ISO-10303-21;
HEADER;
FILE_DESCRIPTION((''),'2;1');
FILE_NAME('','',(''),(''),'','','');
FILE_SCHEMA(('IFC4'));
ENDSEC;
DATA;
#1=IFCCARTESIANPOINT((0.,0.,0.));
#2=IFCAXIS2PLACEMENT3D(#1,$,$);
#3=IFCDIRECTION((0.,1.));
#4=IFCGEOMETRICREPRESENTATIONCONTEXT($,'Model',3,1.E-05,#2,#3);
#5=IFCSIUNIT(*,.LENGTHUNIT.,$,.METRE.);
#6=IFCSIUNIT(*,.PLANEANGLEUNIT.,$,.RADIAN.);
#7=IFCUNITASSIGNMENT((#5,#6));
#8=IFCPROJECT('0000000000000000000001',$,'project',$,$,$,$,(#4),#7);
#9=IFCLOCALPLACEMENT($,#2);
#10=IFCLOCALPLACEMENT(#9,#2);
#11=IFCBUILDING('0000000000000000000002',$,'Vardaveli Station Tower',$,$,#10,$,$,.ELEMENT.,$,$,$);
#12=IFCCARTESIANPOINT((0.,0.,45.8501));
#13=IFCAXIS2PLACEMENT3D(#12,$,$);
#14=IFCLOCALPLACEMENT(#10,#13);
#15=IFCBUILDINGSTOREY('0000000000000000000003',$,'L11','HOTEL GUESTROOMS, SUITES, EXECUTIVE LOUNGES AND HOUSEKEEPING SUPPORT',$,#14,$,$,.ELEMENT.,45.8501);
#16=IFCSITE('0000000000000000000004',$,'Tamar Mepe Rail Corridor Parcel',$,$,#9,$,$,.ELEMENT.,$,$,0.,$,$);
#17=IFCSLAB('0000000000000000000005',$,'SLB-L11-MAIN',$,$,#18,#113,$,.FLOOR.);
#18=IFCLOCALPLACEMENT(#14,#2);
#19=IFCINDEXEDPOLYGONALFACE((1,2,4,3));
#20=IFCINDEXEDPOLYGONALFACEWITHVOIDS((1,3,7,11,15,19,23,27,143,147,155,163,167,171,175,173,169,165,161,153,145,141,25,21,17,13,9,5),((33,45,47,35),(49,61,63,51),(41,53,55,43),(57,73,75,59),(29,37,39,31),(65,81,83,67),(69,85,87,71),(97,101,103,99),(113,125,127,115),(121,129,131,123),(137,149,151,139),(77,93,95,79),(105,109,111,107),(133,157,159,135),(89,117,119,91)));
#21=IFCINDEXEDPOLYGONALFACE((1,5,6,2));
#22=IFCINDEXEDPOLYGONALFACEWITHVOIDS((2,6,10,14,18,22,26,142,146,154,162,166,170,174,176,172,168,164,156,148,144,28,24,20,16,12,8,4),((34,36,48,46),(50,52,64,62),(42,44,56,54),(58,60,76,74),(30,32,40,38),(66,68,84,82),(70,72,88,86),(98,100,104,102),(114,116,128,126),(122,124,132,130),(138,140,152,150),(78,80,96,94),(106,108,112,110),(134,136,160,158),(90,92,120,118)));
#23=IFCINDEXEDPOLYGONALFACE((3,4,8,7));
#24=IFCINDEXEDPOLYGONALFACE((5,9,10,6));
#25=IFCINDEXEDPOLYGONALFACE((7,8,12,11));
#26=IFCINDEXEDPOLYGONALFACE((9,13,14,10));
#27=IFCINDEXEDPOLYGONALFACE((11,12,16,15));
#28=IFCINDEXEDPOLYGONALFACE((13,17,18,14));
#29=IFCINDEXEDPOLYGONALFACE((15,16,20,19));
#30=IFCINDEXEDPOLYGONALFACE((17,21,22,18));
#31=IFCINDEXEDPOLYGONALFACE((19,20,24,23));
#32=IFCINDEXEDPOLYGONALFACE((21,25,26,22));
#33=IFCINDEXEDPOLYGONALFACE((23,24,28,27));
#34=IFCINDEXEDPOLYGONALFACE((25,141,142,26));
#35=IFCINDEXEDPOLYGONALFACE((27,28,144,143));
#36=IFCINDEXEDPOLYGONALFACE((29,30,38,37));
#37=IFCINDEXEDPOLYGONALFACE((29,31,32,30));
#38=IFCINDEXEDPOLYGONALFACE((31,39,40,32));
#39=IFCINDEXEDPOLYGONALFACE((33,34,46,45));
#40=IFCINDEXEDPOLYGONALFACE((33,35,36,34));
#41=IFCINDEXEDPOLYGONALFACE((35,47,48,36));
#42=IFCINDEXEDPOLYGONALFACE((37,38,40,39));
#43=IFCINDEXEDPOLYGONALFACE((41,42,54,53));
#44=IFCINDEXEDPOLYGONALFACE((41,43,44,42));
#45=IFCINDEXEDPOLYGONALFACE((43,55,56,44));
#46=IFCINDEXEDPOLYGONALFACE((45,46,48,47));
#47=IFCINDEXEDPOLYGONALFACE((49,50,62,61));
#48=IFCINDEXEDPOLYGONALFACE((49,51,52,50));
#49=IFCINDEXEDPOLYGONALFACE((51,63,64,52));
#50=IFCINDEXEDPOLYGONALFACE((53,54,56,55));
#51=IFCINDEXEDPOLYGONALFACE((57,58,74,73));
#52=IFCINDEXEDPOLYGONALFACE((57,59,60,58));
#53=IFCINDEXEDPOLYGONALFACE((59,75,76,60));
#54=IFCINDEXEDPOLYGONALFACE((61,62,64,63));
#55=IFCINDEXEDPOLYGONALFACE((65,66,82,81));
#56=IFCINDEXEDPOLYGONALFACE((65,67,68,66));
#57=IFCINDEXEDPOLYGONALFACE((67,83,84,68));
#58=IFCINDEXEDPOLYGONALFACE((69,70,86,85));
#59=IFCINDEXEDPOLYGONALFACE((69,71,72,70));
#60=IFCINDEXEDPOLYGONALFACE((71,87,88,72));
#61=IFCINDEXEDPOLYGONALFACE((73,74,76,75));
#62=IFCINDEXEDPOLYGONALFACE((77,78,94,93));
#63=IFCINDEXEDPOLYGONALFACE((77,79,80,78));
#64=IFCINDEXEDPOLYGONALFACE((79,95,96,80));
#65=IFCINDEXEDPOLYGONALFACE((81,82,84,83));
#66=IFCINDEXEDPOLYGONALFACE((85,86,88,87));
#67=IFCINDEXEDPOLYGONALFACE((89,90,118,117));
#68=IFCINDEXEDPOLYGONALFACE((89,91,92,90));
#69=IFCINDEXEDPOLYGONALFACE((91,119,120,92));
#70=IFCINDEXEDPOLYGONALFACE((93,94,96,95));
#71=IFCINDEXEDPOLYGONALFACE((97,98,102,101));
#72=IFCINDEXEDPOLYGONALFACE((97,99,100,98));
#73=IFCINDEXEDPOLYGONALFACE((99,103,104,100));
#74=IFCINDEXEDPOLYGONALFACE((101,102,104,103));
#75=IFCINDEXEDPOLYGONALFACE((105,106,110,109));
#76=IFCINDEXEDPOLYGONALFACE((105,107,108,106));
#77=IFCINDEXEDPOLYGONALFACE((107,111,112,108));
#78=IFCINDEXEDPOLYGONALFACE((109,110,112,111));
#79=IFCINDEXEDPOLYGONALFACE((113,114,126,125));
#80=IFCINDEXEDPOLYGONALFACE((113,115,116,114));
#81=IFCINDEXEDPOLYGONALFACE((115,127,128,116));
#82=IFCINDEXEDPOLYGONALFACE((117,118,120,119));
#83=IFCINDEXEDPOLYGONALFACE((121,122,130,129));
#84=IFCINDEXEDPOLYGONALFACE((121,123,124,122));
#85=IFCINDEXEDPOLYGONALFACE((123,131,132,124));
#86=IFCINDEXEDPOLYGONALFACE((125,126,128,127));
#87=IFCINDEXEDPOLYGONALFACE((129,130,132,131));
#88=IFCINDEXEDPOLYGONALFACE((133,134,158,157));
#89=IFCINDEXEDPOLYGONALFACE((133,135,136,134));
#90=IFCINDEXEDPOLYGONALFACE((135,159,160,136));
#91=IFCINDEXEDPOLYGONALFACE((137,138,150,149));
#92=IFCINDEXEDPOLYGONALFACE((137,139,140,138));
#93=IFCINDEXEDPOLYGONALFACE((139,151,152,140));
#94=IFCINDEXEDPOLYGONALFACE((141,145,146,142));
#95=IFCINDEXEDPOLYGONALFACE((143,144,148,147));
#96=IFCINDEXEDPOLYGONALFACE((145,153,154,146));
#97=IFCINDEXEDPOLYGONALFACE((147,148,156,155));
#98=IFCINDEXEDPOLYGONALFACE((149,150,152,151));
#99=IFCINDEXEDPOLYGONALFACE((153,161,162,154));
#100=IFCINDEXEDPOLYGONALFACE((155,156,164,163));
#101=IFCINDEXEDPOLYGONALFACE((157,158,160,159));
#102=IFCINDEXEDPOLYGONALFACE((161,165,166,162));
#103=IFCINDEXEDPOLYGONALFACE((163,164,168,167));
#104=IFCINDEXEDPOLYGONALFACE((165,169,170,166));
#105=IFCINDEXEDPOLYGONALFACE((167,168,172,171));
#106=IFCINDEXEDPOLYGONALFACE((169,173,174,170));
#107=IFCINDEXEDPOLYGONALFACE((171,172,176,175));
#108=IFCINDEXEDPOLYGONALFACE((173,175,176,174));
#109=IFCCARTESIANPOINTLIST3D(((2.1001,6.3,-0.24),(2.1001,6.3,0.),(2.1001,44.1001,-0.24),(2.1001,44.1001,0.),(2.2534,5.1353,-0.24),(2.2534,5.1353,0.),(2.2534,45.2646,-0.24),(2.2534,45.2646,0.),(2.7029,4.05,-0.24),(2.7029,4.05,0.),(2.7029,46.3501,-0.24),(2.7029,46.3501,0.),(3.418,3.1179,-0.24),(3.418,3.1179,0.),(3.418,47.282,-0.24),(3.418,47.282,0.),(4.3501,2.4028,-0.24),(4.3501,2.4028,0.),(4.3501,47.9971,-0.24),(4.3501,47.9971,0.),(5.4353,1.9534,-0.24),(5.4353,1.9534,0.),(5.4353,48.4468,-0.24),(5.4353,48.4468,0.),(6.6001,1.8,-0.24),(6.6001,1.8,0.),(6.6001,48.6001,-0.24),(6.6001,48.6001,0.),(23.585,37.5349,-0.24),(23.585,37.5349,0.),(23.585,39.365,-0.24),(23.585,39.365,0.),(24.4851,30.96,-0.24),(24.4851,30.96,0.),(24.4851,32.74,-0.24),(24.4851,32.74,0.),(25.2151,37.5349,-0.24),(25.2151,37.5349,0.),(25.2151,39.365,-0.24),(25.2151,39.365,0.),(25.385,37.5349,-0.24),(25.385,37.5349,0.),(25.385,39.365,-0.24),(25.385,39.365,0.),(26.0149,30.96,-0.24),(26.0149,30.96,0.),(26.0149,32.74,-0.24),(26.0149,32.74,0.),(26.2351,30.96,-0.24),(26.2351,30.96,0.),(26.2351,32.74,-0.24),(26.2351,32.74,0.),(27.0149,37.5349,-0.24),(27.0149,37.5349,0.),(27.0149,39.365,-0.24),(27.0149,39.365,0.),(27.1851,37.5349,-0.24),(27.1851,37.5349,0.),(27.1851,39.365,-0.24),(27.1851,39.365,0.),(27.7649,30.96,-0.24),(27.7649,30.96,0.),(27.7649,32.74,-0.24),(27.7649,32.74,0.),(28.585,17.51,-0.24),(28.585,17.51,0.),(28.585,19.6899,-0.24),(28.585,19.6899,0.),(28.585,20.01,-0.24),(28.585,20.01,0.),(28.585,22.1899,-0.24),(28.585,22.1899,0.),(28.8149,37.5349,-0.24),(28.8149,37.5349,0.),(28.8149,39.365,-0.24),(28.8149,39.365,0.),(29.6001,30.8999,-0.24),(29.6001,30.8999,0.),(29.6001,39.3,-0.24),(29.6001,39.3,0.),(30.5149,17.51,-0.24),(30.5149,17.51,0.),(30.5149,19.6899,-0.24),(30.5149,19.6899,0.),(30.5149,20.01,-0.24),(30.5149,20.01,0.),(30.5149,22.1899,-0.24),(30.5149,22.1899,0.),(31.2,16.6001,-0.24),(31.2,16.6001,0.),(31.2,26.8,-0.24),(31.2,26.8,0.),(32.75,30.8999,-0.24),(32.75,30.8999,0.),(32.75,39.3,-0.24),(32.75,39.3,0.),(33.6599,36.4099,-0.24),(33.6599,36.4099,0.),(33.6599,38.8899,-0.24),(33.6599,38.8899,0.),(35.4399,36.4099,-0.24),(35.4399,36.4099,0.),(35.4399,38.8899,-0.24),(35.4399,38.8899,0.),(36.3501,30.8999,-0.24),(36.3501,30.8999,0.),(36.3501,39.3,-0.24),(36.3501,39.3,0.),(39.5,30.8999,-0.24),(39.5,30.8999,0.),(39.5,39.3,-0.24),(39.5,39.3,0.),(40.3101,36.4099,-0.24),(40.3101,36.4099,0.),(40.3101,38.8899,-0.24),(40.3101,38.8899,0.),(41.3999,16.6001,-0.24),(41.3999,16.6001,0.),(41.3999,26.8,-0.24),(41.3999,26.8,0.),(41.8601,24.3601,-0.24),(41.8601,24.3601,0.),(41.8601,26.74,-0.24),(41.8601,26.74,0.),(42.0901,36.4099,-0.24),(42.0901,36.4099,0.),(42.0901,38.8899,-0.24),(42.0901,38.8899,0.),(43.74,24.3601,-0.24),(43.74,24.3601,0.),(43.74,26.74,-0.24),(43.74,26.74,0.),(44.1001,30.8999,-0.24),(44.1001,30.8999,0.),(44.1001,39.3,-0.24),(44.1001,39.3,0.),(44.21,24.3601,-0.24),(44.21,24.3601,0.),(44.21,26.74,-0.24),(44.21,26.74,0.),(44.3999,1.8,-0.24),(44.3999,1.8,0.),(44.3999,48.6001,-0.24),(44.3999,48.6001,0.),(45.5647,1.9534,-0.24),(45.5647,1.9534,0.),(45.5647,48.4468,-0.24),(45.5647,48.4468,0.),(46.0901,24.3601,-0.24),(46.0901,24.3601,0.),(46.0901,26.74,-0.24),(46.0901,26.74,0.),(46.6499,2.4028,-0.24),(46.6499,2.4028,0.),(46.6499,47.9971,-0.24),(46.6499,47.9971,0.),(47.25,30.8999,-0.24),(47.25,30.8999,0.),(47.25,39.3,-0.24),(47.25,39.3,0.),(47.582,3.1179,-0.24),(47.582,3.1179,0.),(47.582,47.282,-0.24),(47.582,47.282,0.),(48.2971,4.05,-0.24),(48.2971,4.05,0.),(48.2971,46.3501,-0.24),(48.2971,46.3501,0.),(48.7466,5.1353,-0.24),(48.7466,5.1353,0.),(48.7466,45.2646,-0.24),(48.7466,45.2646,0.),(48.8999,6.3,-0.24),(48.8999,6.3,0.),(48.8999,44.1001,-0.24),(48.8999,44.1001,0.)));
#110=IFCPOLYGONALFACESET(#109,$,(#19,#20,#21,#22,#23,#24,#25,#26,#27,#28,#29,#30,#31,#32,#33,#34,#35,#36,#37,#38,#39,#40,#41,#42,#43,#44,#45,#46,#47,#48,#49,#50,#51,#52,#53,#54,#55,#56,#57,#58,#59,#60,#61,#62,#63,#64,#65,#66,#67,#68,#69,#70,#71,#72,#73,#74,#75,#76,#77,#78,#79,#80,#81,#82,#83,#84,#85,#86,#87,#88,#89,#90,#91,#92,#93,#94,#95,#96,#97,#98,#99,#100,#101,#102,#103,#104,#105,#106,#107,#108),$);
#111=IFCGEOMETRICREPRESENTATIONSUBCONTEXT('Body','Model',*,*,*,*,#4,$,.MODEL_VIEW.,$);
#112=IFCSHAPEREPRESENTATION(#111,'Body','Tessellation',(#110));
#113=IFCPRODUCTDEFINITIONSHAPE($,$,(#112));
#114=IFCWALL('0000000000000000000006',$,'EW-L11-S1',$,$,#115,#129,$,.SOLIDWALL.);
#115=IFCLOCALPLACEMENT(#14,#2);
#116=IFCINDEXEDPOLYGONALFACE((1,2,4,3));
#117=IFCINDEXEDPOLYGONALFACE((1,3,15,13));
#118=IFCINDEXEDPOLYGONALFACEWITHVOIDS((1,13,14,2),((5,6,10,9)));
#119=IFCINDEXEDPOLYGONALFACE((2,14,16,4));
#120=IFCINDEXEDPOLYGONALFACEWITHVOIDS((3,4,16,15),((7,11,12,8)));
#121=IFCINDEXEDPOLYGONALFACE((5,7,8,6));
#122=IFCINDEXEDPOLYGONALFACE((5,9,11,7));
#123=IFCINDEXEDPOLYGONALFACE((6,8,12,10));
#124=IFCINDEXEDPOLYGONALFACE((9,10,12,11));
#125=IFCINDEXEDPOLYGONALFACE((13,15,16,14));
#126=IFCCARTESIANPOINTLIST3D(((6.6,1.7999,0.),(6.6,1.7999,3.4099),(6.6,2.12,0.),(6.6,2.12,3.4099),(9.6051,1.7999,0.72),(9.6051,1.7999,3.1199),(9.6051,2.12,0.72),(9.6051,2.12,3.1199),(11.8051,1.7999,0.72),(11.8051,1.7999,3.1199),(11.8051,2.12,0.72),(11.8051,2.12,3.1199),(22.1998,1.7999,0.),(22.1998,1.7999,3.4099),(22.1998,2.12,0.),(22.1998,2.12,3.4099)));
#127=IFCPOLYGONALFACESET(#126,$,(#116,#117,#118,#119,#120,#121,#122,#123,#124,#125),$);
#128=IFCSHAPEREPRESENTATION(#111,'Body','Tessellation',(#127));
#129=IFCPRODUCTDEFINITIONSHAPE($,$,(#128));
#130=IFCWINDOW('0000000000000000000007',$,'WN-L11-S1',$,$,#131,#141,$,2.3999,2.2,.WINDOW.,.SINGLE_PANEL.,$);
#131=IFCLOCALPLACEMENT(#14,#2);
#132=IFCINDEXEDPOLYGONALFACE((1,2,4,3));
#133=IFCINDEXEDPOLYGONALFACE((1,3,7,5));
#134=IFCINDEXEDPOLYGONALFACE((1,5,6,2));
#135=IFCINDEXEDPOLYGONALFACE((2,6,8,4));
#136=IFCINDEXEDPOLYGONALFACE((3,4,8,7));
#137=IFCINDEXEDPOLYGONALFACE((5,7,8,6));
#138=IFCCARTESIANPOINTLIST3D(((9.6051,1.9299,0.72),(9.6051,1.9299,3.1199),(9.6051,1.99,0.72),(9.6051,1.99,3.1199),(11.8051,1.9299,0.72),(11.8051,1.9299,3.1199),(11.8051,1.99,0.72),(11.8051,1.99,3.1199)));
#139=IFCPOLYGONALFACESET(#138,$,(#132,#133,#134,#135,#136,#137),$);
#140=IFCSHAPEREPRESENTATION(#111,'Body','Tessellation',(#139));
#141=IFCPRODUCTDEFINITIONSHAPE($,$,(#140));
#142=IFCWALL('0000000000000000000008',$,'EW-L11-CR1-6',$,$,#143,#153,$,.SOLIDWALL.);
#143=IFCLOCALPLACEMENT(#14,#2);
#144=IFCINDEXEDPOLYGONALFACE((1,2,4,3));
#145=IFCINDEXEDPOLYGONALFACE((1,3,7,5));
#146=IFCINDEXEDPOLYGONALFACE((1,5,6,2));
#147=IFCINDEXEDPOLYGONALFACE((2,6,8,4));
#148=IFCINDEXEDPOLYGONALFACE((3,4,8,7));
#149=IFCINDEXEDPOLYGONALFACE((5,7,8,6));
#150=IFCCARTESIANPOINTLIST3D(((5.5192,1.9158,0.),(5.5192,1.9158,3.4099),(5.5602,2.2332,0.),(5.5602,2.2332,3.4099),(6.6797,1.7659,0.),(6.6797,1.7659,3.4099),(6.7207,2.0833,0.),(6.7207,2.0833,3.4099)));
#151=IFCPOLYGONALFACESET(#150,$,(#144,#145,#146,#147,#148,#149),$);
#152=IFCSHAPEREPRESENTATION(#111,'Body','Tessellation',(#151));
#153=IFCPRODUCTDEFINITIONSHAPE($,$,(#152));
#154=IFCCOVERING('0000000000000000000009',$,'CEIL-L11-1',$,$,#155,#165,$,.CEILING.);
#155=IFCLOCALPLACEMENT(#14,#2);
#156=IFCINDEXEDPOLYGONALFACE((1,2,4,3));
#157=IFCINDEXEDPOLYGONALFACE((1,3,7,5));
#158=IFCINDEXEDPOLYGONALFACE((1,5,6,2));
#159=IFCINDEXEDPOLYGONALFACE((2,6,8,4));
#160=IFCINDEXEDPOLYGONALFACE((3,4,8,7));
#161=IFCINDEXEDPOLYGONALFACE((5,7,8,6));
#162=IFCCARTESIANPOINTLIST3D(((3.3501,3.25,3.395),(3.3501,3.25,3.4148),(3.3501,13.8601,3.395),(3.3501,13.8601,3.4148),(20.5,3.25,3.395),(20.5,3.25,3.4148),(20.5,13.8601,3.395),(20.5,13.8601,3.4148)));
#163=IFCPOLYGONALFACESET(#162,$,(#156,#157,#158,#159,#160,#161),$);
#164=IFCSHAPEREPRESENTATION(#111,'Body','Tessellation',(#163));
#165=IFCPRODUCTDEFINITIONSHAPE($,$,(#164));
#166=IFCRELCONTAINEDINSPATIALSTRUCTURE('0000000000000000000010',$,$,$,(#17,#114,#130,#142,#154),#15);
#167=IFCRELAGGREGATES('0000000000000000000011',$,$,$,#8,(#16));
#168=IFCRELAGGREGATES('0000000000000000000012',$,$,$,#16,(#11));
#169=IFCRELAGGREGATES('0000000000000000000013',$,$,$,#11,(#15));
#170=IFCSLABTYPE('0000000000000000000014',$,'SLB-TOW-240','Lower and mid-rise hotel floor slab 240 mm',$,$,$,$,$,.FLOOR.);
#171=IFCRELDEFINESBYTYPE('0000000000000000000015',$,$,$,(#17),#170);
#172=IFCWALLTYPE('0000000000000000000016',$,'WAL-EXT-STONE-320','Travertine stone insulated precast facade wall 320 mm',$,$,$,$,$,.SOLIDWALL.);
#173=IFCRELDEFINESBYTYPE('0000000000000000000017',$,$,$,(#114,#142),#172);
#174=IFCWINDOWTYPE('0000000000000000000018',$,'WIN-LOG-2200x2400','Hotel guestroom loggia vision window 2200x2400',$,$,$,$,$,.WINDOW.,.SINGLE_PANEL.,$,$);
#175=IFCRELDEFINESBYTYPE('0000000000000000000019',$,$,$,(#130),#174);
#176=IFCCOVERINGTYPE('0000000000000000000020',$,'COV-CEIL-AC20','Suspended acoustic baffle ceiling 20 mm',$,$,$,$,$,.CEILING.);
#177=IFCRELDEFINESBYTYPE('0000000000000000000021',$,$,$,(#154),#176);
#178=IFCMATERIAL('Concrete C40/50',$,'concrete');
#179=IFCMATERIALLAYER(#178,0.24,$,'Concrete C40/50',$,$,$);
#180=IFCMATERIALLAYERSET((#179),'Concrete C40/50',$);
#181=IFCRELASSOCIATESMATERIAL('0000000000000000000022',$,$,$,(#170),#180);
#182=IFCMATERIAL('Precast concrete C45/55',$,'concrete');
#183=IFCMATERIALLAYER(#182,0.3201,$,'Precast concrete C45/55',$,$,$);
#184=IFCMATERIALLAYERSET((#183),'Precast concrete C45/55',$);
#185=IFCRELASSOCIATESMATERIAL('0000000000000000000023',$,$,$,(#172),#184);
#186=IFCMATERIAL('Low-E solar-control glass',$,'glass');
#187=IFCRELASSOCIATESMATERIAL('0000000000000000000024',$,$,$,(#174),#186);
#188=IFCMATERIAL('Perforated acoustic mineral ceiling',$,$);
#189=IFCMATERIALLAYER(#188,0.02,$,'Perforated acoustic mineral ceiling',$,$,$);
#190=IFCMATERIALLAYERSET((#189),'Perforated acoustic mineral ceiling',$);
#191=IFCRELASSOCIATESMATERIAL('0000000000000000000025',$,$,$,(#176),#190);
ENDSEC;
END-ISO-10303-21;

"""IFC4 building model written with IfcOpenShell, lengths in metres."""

from ifc_helpers import new_model, si_unit, direction, frame, frame_2d, origin, place, context, subcontext, project, spatial, polyline, rectangle, outline, extrude, source, transform, mapped, material, layer, layer_set, type_object, element, fill, save


model = new_model("IFC4")

# Units and contexts
model_context = context("Model", 3, precision=1e-05, world=origin(), true_north=direction((0.0, 1.0)))
body_context = subcontext(model_context, "Body", "Model", "MODEL_VIEW")
ifc_project = project(units=[si_unit("LENGTHUNIT", "METRE"), si_unit("PLANEANGLEUNIT", "RADIAN")], contexts=[model_context])

# Site, building, storey
site_placement = place(None, origin())
site = spatial("IfcSite", under=ifc_project, at=site_placement, Name="Tamar Mepe Rail Corridor Parcel", CompositionType="ELEMENT", RefElevation=0.0)
building_placement = place(site_placement, origin())
building = spatial("IfcBuilding", under=site, at=building_placement, Name="Vardaveli Station Tower", CompositionType="ELEMENT")
storey_placement = place(building_placement, frame((0.0, 0.0, 45.8501)))
storey = spatial("IfcBuildingStorey", under=building, at=storey_placement, Name="L11", Description="HOTEL GUESTROOMS, SUITES, EXECUTIVE LOUNGES AND HOUSEKEEPING SUPPORT", CompositionType="ELEMENT", Elevation=45.8501)

# Shared definitions
ifc_material_1 = material(Name="Concrete C40/50", Category="concrete")

# Slab
ifc_material_2 = material(Name="Precast concrete C45/55", Category="concrete")
ifc_layer_1 = layer(ifc_material_1, 0.24, Name="Concrete C40/50")
ifc_layer_set_1 = layer_set([ifc_layer_1], Name="Concrete C40/50")
slab_type_1 = type_object("IfcSlabType", Name="SLB-TOW-240", Description="Lower and mid-rise hotel floor slab 240 mm", PredefinedType="FLOOR", material=ifc_layer_set_1)
slab_1_placement = place(storey_placement, frame((0.0, 0.0, -0.24)))
element("IfcSlab", 1, at=slab_1_placement, inside=storey, type_object=slab_type_1, Name="SLB-L11-MAIN", PredefinedType="FLOOR", context=body_context, shape_type="SweptSolid", body=[
    extrude(outline(polyline([(2.1001, 6.3), (2.2534, 5.1353), (2.7029, 4.05), (3.418, 3.1179), (4.3501, 2.4028), (5.4353, 1.9534), (6.6001, 1.8), (44.3999, 1.8), (45.5647, 1.9534), (46.6499, 2.4028), (47.582, 3.1179), (48.2971, 4.05), (48.7466, 5.1353), (48.8999, 6.3), (48.8999, 44.1001), (48.7466, 45.2646), (48.2971, 46.3501), (47.582, 47.282), (46.6499, 47.9971), (45.5647, 48.4468), (44.3999, 48.6001), (6.6001, 48.6001), (5.4353, 48.4468), (4.3501, 47.9971), (3.418, 47.282), (2.7029, 46.3501), (2.2534, 45.2646), (2.1001, 44.1001), (2.1001, 6.3)]), holes=[polyline([(31.2, 16.6001), (41.3999, 16.6001), (41.3999, 26.8), (31.2, 26.8), (31.2, 16.6001)]), polyline([(32.75, 30.8999), (32.75, 39.3), (29.6001, 39.3), (29.6001, 30.8999), (32.75, 30.8999)]), polyline([(39.5, 30.8999), (39.5, 39.3), (36.3501, 39.3), (36.3501, 30.8999), (39.5, 30.8999)]), polyline([(47.25, 30.8999), (47.25, 39.3), (44.1001, 39.3), (44.1001, 30.8999), (47.25, 30.8999)]), polyline([(23.585, 37.5349), (25.2151, 37.5349), (25.2151, 39.365), (23.585, 39.365), (23.585, 37.5349)]), polyline([(25.385, 37.5349), (27.0149, 37.5349), (27.0149, 39.365), (25.385, 39.365), (25.385, 37.5349)]), polyline([(27.1851, 37.5349), (28.8149, 37.5349), (28.8149, 39.365), (27.1851, 39.365), (27.1851, 37.5349)]), polyline([(33.6599, 36.4099), (35.4399, 36.4099), (35.4399, 38.8899), (33.6599, 38.8899), (33.6599, 36.4099)]), polyline([(40.3101, 36.4099), (42.0901, 36.4099), (42.0901, 38.8899), (40.3101, 38.8899), (40.3101, 36.4099)]), polyline([(24.4851, 30.96), (26.0149, 30.96), (26.0149, 32.74), (24.4851, 32.74), (24.4851, 30.96)]), polyline([(26.2351, 30.96), (27.7649, 30.96), (27.7649, 32.74), (26.2351, 32.74), (26.2351, 30.96)]), polyline([(28.585, 17.51), (30.5149, 17.51), (30.5149, 19.6899), (28.585, 19.6899), (28.585, 17.51)]), polyline([(28.585, 20.01), (30.5149, 20.01), (30.5149, 22.1899), (28.585, 22.1899), (28.585, 20.01)]), polyline([(41.8601, 24.3601), (43.74, 24.3601), (43.74, 26.74), (41.8601, 26.74), (41.8601, 24.3601)]), polyline([(44.21, 24.3601), (46.0901, 24.3601), (46.0901, 26.74), (44.21, 26.74), (44.21, 24.3601)])]), origin(), (0.0, 0.0, 1.0), 0.24),
])

# Wall, opening, window
ifc_layer_2 = layer(ifc_material_2, 0.3201, Name="Precast concrete C45/55")
ifc_layer_set_2 = layer_set([ifc_layer_2], Name="Precast concrete C45/55")
wall_type = type_object("IfcWallType", Name="WAL-EXT-STONE-320", Description="Travertine stone insulated precast facade wall 320 mm", PredefinedType="SOLIDWALL", material=ifc_layer_set_2)
shared_shape_1 = source(origin(), body_context, "Body", "SweptSolid", [
    extrude(rectangle(XDim=15.5999, YDim=0.3201, at=frame_2d((7.7998, 0.0))), origin(), (0.0, 0.0, 1.0), 3.4099),
])
wall_1_placement = place(storey_placement, frame((6.6001, 1.96, 0.0), z_axis=(0.0, 0.0, 1.0), x_axis=(1.0, 0.0, 0.0)))
wall_1 = element("IfcWall", 2, at=wall_1_placement, inside=storey, type_object=wall_type, Name="EW-L11-S1", PredefinedType="SOLIDWALL", context=body_context, shape_type="MappedRepresentation", body=[
    mapped(shared_shape_1, transform((0.0, 0.0, 0.0), scale=1.0)),
])
shared_shape_2 = source(origin(), body_context, "Body", "SweptSolid", [
    extrude(rectangle(XDim=2.2, YDim=2.3999, at=frame_2d((1.1001, 1.2))), frame((0.0, 0.1699, 0.0), z_axis=(0.0, -1.0, 0.0), x_axis=(1.0, 0.0, 0.0)), (0.0, 0.0, 1.0), 0.3401),
])
opening_placement = place(wall_1_placement, frame((3.0049, 0.0, 0.72)))
opening = element("IfcOpeningElement", 3, at=opening_placement, cuts=wall_1, PredefinedType="OPENING", context=body_context, shape_type="MappedRepresentation", body=[
    mapped(shared_shape_2, transform((0.0, 0.0, 0.0), scale=1.0)),
])
ifc_material_3 = material(Name="Low-E solar-control glass", Category="glass")
window_type = type_object("IfcWindowType", Name="WIN-LOG-2200x2400", Description="Hotel guestroom loggia vision window 2200x2400", PartitioningType="SINGLE_PANEL", PredefinedType="WINDOW", material=ifc_material_3)
shared_shape_3 = source(origin(), body_context, "Body", "SweptSolid", [
    extrude(rectangle(XDim=2.2, YDim=2.3999, at=frame_2d((1.1001, 1.2))), frame((0.0, 0.03, 0.0), z_axis=(0.0, -1.0, 0.0), x_axis=(1.0, 0.0, 0.0)), (0.0, 0.0, 1.0), 0.0601),
])
window_placement = place(opening_placement, origin())
window = element("IfcWindow", 4, at=window_placement, inside=storey, type_object=window_type, Name="WN-L11-S1", OverallHeight=2.3999, OverallWidth=2.2, PartitioningType="SINGLE_PANEL", PredefinedType="WINDOW", context=body_context, shape_type="MappedRepresentation", body=[
    mapped(shared_shape_3, transform((0.0, 0.0, 0.0), scale=1.0)),
])
fill(opening, window)

# Wall
shared_shape_4 = source(origin(), body_context, "Body", "SweptSolid", [
    extrude(rectangle(XDim=1.1702, YDim=0.3201, at=frame_2d((0.585, 0.0))), origin(), (0.0, 0.0, 1.0), 3.4099),
])
wall_2_placement = place(storey_placement, frame((5.5398, 2.0745, 0.0), z_axis=(0.0, 0.0, 1.0), x_axis=(0.991762, -0.12809, 0.0)))
element("IfcWall", 5, at=wall_2_placement, inside=storey, type_object=wall_type, Name="EW-L11-CR1-6", PredefinedType="SOLIDWALL", context=body_context, shape_type="MappedRepresentation", body=[
    mapped(shared_shape_4, transform((0.0, 0.0, 0.0), scale=1.0)),
])

# Covering
ifc_material_4 = material(Name="Perforated acoustic mineral ceiling")
ifc_layer_3 = layer(ifc_material_4, 0.02, Name="Perforated acoustic mineral ceiling")
ifc_layer_set_3 = layer_set([ifc_layer_3], Name="Perforated acoustic mineral ceiling")
covering_type_1 = type_object("IfcCoveringType", Name="COV-CEIL-AC20", Description="Suspended acoustic baffle ceiling 20 mm", PredefinedType="CEILING", material=ifc_layer_set_3)
covering_1_placement = place(storey_placement, frame((0.0, 0.0, 3.395)))
element("IfcCovering", 6, at=covering_1_placement, inside=storey, type_object=covering_type_1, Name="CEIL-L11-1", PredefinedType="CEILING", context=body_context, shape_type="SweptSolid", body=[
    extrude(outline(polyline([(3.3501, 3.25), (20.5, 3.25), (20.5, 13.8601), (3.3501, 13.8601), (3.3501, 3.25)])), origin(), (0.0, 0.0, 1.0), 0.0198),
])

save(model, "model.ifc")
